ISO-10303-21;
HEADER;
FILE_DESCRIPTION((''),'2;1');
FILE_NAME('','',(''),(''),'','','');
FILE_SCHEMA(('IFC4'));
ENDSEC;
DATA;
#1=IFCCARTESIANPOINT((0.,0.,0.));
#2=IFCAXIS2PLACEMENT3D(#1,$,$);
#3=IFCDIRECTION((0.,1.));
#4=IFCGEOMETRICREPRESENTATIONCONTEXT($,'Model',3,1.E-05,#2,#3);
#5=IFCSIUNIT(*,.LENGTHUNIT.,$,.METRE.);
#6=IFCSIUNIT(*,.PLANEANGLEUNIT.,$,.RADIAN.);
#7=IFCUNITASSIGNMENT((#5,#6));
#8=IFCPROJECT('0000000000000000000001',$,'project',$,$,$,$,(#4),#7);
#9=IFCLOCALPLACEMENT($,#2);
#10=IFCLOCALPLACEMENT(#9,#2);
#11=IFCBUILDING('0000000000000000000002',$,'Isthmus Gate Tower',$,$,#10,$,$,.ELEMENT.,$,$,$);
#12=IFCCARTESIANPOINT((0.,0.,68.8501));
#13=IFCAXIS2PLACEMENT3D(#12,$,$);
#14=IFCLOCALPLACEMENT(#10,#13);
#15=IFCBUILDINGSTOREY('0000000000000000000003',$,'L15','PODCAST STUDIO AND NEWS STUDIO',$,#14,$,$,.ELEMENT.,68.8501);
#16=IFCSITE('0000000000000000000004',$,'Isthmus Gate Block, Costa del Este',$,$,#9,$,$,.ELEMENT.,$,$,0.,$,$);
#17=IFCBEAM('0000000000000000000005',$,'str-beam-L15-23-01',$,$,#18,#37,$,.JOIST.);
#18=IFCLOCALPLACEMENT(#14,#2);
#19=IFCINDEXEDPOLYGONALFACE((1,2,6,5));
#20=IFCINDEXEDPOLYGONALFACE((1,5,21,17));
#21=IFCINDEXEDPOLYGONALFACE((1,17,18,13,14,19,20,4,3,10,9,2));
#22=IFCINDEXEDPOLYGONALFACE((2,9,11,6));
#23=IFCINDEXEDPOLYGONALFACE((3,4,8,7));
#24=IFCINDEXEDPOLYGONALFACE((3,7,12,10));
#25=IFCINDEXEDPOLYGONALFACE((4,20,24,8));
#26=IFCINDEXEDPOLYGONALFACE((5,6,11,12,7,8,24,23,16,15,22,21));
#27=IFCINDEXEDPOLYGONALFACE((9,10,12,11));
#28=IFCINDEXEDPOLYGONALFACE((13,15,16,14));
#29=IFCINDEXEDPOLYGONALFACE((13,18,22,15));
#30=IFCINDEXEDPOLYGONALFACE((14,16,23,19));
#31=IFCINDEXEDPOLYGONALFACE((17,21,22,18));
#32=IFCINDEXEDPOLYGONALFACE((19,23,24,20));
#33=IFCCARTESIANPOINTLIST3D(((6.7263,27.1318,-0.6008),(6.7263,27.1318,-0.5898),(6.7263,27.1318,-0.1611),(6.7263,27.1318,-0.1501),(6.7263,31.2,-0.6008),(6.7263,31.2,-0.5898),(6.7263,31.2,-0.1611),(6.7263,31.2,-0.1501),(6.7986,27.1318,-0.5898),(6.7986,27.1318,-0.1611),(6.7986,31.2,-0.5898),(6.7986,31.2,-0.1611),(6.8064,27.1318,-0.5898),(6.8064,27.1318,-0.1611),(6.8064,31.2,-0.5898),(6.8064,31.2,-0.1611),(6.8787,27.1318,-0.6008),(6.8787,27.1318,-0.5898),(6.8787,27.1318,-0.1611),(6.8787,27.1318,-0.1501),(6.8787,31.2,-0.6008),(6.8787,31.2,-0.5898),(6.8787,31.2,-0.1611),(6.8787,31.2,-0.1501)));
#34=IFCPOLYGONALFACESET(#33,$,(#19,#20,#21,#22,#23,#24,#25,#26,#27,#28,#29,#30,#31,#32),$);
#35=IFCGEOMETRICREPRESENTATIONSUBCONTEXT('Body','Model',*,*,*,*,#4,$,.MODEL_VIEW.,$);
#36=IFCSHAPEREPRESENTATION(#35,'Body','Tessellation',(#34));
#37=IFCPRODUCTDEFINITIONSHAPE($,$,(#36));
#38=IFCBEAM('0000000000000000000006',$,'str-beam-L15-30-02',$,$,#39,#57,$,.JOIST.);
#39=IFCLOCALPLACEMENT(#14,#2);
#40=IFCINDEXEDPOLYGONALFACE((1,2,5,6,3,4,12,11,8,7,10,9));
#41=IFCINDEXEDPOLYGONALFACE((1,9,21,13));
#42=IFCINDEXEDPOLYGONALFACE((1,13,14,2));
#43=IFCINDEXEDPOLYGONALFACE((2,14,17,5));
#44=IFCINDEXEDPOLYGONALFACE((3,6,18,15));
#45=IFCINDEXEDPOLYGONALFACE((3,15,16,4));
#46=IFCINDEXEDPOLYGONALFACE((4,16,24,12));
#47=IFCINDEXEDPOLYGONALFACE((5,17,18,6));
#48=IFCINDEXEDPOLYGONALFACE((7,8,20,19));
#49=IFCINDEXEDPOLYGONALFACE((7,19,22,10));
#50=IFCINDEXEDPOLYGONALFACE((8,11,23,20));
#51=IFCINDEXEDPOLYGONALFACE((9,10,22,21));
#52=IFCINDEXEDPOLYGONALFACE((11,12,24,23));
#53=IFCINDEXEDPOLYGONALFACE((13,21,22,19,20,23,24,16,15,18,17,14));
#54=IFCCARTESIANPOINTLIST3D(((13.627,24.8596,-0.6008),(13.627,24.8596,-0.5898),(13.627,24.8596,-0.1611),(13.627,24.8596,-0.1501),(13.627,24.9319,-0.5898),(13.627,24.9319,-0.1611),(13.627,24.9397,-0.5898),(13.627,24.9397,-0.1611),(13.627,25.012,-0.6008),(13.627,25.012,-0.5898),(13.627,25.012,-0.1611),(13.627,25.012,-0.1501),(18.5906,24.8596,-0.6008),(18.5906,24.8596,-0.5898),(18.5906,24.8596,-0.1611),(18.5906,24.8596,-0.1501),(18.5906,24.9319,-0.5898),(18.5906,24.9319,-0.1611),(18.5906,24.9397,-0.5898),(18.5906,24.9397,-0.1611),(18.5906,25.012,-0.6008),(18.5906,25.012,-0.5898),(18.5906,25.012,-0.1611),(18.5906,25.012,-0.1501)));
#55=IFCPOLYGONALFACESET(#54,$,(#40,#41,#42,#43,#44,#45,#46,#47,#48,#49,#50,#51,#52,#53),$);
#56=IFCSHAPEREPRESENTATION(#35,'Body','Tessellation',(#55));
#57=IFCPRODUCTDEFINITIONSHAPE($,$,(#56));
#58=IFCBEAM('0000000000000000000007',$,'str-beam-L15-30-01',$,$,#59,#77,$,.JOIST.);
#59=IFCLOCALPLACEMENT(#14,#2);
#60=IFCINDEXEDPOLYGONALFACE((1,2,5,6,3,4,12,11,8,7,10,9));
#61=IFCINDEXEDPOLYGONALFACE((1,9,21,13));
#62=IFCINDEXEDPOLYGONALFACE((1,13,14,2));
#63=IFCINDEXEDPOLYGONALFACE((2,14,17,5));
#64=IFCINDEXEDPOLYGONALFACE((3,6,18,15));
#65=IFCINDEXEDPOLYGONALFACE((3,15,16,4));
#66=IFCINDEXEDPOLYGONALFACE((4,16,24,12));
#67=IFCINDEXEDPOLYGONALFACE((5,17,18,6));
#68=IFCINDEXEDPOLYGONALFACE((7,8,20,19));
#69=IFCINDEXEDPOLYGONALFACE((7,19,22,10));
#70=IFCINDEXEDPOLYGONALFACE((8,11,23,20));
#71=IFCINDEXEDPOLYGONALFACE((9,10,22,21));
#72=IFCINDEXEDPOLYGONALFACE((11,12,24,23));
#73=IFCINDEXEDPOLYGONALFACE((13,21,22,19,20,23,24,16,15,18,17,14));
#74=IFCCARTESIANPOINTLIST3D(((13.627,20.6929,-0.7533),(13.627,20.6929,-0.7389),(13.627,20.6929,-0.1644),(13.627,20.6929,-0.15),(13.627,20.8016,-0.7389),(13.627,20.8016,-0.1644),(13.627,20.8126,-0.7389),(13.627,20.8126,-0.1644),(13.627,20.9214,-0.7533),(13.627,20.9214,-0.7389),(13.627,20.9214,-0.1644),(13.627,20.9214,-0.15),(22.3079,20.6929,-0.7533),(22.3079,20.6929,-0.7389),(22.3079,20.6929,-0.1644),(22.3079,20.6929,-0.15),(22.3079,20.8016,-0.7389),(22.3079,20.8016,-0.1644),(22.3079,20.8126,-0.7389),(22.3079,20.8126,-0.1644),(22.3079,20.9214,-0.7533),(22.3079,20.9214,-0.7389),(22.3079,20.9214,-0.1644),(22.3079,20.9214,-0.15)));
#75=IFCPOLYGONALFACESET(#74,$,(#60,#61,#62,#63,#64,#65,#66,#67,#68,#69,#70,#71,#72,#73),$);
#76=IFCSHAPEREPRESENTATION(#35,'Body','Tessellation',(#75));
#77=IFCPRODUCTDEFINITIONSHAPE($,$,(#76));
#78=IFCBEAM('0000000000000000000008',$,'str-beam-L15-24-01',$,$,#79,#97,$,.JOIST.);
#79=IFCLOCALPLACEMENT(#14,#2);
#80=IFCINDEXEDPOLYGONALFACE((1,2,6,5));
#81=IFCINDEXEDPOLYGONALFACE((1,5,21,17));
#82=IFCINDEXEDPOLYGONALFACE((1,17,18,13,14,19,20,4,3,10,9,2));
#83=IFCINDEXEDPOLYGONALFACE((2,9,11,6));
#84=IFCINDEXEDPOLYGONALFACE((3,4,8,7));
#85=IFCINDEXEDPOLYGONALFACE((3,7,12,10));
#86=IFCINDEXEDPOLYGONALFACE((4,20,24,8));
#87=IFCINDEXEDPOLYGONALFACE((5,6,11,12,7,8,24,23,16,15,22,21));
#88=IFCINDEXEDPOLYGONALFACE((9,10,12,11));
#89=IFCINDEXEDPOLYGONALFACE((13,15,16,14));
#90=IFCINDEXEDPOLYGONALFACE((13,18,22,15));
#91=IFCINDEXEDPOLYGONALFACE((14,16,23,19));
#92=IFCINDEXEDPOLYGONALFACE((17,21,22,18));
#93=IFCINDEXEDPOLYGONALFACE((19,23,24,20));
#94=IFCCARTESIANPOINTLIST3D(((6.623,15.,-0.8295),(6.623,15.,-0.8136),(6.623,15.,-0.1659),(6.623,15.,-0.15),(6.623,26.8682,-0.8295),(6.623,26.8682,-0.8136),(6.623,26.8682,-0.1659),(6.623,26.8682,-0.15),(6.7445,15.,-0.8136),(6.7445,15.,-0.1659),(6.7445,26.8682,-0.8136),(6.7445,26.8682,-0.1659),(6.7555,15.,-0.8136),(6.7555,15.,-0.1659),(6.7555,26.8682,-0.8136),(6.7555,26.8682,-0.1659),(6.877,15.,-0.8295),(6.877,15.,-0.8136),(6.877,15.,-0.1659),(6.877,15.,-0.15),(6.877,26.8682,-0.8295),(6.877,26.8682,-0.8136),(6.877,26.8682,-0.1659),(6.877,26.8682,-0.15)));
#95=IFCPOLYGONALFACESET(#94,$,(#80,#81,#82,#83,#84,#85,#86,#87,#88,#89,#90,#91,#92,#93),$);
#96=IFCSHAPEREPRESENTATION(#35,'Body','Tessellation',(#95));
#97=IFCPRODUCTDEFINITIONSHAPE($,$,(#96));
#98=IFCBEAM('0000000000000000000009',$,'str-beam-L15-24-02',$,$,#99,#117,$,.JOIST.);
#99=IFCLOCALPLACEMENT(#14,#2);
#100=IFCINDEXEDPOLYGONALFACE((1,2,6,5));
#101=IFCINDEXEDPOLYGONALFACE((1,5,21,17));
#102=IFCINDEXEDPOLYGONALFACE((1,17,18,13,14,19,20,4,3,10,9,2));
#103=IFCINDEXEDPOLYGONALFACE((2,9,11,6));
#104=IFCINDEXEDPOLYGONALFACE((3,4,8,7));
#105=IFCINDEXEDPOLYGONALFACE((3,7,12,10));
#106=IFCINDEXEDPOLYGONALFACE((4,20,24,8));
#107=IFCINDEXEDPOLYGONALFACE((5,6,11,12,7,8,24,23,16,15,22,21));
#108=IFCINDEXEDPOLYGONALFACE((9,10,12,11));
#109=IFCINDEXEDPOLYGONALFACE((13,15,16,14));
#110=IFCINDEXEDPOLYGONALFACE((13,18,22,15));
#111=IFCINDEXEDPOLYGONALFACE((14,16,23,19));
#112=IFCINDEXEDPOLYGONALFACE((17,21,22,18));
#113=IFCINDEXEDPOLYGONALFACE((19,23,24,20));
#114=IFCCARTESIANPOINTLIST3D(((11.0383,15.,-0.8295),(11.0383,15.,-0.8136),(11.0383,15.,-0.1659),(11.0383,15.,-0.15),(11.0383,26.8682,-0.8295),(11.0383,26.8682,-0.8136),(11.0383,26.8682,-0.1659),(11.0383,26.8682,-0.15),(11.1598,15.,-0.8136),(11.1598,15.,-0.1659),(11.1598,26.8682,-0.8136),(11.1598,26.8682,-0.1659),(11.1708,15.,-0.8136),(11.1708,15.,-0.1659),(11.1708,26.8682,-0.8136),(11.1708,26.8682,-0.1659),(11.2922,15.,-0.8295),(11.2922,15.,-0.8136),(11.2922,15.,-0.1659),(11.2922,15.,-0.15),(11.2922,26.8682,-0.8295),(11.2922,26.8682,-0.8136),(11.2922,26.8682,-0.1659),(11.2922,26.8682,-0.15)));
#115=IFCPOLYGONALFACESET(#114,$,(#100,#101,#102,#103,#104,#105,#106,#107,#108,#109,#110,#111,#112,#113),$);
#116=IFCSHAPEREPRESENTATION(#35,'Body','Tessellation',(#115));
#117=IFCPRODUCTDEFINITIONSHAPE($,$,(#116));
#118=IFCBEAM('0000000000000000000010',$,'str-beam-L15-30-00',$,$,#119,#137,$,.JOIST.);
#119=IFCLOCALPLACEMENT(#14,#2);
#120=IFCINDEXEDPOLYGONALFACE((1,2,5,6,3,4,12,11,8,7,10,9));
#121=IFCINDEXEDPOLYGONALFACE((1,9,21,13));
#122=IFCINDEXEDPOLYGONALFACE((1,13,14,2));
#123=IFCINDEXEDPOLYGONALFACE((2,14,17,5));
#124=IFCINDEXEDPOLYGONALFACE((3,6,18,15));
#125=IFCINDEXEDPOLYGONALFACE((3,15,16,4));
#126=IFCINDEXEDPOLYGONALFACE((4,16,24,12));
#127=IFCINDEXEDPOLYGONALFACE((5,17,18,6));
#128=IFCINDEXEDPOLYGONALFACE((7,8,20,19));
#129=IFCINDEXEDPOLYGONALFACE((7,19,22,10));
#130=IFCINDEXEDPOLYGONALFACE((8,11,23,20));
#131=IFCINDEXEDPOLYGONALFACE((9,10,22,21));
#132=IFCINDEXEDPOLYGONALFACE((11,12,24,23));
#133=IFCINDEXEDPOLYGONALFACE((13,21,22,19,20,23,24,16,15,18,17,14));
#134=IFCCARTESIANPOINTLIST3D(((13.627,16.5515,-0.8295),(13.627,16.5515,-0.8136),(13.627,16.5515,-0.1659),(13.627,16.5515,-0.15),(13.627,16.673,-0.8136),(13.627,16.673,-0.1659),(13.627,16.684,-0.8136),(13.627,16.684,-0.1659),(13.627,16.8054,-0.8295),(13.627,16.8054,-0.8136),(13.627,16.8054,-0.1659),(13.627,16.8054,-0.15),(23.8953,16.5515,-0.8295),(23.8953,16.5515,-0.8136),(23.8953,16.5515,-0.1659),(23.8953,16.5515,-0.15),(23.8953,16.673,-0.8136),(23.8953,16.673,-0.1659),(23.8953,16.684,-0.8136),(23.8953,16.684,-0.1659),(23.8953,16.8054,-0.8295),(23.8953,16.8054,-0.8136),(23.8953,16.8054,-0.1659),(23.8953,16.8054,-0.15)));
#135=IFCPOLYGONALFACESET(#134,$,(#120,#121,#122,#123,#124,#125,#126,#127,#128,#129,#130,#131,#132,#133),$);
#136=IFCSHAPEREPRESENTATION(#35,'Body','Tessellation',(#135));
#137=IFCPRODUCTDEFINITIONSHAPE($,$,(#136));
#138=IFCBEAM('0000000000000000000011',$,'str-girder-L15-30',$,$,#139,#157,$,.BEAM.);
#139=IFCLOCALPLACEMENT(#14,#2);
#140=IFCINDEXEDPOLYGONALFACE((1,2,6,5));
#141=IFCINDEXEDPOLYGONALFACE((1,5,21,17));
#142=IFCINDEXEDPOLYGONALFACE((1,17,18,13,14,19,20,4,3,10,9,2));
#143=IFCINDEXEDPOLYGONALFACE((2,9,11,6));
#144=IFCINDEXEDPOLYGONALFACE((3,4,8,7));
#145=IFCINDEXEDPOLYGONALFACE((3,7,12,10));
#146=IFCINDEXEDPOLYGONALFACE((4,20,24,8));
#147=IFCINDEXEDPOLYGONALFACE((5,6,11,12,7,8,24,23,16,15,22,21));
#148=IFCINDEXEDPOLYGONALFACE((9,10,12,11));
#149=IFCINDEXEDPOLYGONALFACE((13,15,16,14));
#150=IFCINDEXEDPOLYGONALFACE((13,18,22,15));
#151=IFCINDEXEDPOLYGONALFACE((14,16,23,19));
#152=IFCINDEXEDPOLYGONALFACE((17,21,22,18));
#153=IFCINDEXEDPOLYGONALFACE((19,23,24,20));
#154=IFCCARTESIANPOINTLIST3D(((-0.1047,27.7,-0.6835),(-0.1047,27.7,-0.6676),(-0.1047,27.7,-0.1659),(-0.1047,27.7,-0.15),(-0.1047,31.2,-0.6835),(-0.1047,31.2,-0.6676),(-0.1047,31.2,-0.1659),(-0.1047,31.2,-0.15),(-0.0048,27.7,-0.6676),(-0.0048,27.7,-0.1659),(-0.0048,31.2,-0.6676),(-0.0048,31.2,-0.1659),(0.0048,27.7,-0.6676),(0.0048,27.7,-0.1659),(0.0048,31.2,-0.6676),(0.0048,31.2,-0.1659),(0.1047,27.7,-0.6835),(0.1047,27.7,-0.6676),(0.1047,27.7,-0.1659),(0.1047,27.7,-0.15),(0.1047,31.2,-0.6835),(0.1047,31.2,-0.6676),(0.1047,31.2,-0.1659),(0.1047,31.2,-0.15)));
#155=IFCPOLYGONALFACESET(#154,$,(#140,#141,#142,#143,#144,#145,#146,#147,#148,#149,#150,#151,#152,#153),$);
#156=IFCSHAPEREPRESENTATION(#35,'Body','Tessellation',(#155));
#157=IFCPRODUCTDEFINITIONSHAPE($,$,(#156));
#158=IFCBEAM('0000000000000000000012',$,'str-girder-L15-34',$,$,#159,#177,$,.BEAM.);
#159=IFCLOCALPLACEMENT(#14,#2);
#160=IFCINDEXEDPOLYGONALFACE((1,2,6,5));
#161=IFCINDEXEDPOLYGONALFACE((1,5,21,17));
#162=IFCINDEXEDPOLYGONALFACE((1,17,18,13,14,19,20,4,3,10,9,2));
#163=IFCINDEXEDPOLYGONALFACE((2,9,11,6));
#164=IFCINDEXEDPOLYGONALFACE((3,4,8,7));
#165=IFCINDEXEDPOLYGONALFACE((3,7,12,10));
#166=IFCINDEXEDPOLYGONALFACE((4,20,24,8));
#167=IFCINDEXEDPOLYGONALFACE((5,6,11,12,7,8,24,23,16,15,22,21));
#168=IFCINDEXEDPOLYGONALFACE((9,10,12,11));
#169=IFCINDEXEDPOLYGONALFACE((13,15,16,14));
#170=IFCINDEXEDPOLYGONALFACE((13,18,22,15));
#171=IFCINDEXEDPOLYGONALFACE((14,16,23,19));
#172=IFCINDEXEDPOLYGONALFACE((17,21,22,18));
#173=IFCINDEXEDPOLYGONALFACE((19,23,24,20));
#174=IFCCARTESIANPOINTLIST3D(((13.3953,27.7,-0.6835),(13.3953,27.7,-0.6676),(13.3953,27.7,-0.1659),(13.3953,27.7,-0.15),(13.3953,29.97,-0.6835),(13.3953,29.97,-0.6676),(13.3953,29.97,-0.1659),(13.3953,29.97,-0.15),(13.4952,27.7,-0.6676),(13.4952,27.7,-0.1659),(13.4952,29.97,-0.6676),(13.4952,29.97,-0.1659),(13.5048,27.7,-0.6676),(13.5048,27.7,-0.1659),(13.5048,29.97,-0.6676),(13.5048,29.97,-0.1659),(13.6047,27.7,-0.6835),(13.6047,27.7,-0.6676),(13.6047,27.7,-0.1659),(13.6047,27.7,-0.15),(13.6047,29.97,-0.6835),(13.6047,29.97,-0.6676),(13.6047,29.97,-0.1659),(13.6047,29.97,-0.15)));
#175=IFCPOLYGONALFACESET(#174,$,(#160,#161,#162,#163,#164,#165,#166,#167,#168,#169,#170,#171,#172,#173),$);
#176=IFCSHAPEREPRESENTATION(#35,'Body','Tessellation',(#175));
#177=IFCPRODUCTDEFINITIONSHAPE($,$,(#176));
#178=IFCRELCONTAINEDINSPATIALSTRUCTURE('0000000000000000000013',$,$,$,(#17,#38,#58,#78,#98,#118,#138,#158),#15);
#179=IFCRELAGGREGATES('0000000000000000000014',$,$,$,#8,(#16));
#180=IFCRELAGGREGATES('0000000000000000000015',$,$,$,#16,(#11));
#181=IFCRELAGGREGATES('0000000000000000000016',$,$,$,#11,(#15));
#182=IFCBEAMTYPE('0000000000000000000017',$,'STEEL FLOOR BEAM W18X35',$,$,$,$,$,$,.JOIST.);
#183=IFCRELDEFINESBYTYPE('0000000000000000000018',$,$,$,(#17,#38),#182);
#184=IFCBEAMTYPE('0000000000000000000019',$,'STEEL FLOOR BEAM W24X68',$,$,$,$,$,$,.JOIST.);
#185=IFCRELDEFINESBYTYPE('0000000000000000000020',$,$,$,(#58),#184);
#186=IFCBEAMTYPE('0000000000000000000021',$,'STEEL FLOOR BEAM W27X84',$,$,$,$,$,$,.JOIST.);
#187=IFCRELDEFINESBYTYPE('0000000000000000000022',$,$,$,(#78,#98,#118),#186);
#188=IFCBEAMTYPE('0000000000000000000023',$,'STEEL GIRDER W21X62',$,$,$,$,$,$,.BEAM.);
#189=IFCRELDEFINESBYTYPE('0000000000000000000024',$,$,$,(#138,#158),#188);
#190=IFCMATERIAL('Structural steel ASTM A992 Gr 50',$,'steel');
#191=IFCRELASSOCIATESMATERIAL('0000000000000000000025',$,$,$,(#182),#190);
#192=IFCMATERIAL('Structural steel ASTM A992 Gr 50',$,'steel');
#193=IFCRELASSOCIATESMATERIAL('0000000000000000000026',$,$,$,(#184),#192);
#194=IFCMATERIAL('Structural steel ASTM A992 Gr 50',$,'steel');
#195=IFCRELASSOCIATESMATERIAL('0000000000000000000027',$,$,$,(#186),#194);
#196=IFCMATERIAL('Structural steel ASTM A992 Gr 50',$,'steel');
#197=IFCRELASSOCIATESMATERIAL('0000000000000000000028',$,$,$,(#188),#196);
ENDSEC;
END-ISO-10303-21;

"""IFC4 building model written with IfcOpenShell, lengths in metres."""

from ifc_helpers import new_model, si_unit, direction, frame, origin, origin_2d, place, context, subcontext, project, spatial, i_section, extrude, material, material_profile, profile_set, type_object, element, save


model = new_model("IFC4")

# Units and contexts
model_context = context("Model", 3, precision=1e-05, world=origin(), true_north=direction((0.0, 1.0)))
body_context = subcontext(model_context, "Body", "Model", "MODEL_VIEW")
ifc_project = project(units=[si_unit("LENGTHUNIT", "METRE"), si_unit("PLANEANGLEUNIT", "RADIAN")], contexts=[model_context])

# Site, building, storey
site_placement = place(None, origin())
site = spatial("IfcSite", under=ifc_project, at=site_placement, Name="Isthmus Gate Block, Costa del Este", CompositionType="ELEMENT", RefElevation=0.0)
building_placement = place(site_placement, origin())
building = spatial("IfcBuilding", under=site, at=building_placement, Name="Isthmus Gate Tower", CompositionType="ELEMENT")
storey_placement = place(building_placement, frame((0.0, 0.0, 68.8501)))
storey = spatial("IfcBuildingStorey", under=building, at=storey_placement, Name="L15", Description="PODCAST STUDIO AND NEWS STUDIO", CompositionType="ELEMENT", Elevation=68.8501)

# Beams
ifc_material_1 = material(Name="Structural steel ASTM A992 Gr 50", Category="steel")
ifc_material_profile_1 = material_profile(ifc_material_1, i_section(OverallWidth=0.1523, OverallDepth=0.4507, WebThickness=0.0078, FlangeThickness=0.011, at=origin_2d()), Name="W18X35")
ifc_profile_set_1 = profile_set([ifc_material_profile_1], Name="Structural steel ASTM A992 Gr 50")
beam_type_1 = type_object("IfcBeamType", Name="STEEL FLOOR BEAM W18X35", PredefinedType="JOIST", material=ifc_profile_set_1)
beam_1_placement = place(storey_placement, frame((6.8025, 27.1318, -0.3755), z_axis=(0.0, 1.0, 0.0), x_axis=(-1.0, 0.0, 0.0)))
element("IfcBeam", 1, at=beam_1_placement, inside=storey, type_object=beam_type_1, Name="str-beam-L15-23-01", PredefinedType="JOIST", context=body_context, shape_type="SweptSolid", body=[
    extrude(i_section(OverallWidth=0.1523, OverallDepth=0.4507, WebThickness=0.0078, FlangeThickness=0.011, at=origin_2d()), origin(), (0.0, 0.0, 1.0), 4.0681),
])
beam_2_placement = place(storey_placement, frame((13.627, 24.9358, -0.3755), z_axis=(1.0, 0.0, 0.0), x_axis=(0.0, 1.0, 0.0)))
element("IfcBeam", 2, at=beam_2_placement, inside=storey, type_object=beam_type_1, Name="str-beam-L15-30-02", PredefinedType="JOIST", context=body_context, shape_type="SweptSolid", body=[
    extrude(i_section(OverallWidth=0.1523, OverallDepth=0.4507, WebThickness=0.0078, FlangeThickness=0.011, at=origin_2d()), origin(), (0.0, 0.0, 1.0), 4.9636),
])
ifc_material_2 = material(Name="Structural steel ASTM A992 Gr 50", Category="steel")
ifc_material_profile_2 = material_profile(ifc_material_2, i_section(OverallWidth=0.2285, OverallDepth=0.6033, WebThickness=0.011, FlangeThickness=0.0144, at=origin_2d()), Name="W24X68")
ifc_profile_set_2 = profile_set([ifc_material_profile_2], Name="Structural steel ASTM A992 Gr 50")
beam_type_2 = type_object("IfcBeamType", Name="STEEL FLOOR BEAM W24X68", PredefinedType="JOIST", material=ifc_profile_set_2)
beam_3_placement = place(storey_placement, frame((13.627, 20.8071, -0.4517), z_axis=(1.0, 0.0, 0.0), x_axis=(0.0, 1.0, 0.0)))
element("IfcBeam", 3, at=beam_3_placement, inside=storey, type_object=beam_type_2, Name="str-beam-L15-30-01", PredefinedType="JOIST", context=body_context, shape_type="SweptSolid", body=[
    extrude(i_section(OverallWidth=0.2285, OverallDepth=0.6033, WebThickness=0.011, FlangeThickness=0.0144, at=origin_2d()), origin(), (0.0, 0.0, 1.0), 8.6809),
])
ifc_material_3 = material(Name="Structural steel ASTM A992 Gr 50", Category="steel")
ifc_material_profile_3 = material_profile(ifc_material_3, i_section(OverallWidth=0.2539, OverallDepth=0.6794, WebThickness=0.011, FlangeThickness=0.0159, at=origin_2d()), Name="W27X84")
ifc_profile_set_3 = profile_set([ifc_material_profile_3], Name="Structural steel ASTM A992 Gr 50")
beam_type_3 = type_object("IfcBeamType", Name="STEEL FLOOR BEAM W27X84", PredefinedType="JOIST", material=ifc_profile_set_3)
for number, where, z_axis, x_axis, name in (
    (4, (6.75, 15.0, -0.4897), (0.0, 1.0, 0.0), (-1.0, 0.0, 0.0), "str-beam-L15-24-01"),
    (5, (11.1653, 15.0, -0.4897), (0.0, 1.0, 0.0), (-1.0, 0.0, 0.0), "str-beam-L15-24-02"),
):
    element("IfcBeam", number, at=place(storey_placement, frame(where, z_axis=z_axis, x_axis=x_axis)), inside=storey, type_object=beam_type_3, Name=name, PredefinedType="JOIST", context=body_context, shape_type="SweptSolid", body=[
        extrude(i_section(OverallWidth=0.2539, OverallDepth=0.6794, WebThickness=0.011, FlangeThickness=0.0159, at=origin_2d()), origin(), (0.0, 0.0, 1.0), 11.8682),
    ])
beam_4_placement = place(storey_placement, frame((13.627, 16.6785, -0.4897), z_axis=(1.0, 0.0, 0.0), x_axis=(0.0, 1.0, 0.0)))
element("IfcBeam", 6, at=beam_4_placement, inside=storey, type_object=beam_type_3, Name="str-beam-L15-30-00", PredefinedType="JOIST", context=body_context, shape_type="SweptSolid", body=[
    extrude(i_section(OverallWidth=0.2539, OverallDepth=0.6794, WebThickness=0.011, FlangeThickness=0.0159, at=origin_2d()), origin(), (0.0, 0.0, 1.0), 10.2683),
])
ifc_material_4 = material(Name="Structural steel ASTM A992 Gr 50", Category="steel")
ifc_material_profile_4 = material_profile(ifc_material_4, i_section(OverallWidth=0.2095, OverallDepth=0.5334, WebThickness=0.0095, FlangeThickness=0.0159, at=origin_2d()), Name="W21X62")
ifc_profile_set_4 = profile_set([ifc_material_profile_4], Name="Structural steel ASTM A992 Gr 50")
beam_type_4 = type_object("IfcBeamType", Name="STEEL GIRDER W21X62", PredefinedType="BEAM", material=ifc_profile_set_4)
beam_5_placement = place(storey_placement, frame((0.0, 27.7, -0.4167), z_axis=(0.0, 1.0, 0.0), x_axis=(-1.0, 0.0, 0.0)))
element("IfcBeam", 7, at=beam_5_placement, inside=storey, type_object=beam_type_4, Name="str-girder-L15-30", PredefinedType="BEAM", context=body_context, shape_type="SweptSolid", body=[
    extrude(i_section(OverallWidth=0.2095, OverallDepth=0.5334, WebThickness=0.0095, FlangeThickness=0.0159, at=origin_2d()), origin(), (0.0, 0.0, 1.0), 3.5),
])
beam_6_placement = place(storey_placement, frame((13.5, 27.7, -0.4167), z_axis=(0.0, 1.0, 0.0), x_axis=(-1.0, 0.0, 0.0)))
element("IfcBeam", 8, at=beam_6_placement, inside=storey, type_object=beam_type_4, Name="str-girder-L15-34", PredefinedType="BEAM", context=body_context, shape_type="SweptSolid", body=[
    extrude(i_section(OverallWidth=0.2095, OverallDepth=0.5334, WebThickness=0.0095, FlangeThickness=0.0159, at=origin_2d()), origin(), (0.0, 0.0, 1.0), 2.27),
])

save(model, "model.ifc")
